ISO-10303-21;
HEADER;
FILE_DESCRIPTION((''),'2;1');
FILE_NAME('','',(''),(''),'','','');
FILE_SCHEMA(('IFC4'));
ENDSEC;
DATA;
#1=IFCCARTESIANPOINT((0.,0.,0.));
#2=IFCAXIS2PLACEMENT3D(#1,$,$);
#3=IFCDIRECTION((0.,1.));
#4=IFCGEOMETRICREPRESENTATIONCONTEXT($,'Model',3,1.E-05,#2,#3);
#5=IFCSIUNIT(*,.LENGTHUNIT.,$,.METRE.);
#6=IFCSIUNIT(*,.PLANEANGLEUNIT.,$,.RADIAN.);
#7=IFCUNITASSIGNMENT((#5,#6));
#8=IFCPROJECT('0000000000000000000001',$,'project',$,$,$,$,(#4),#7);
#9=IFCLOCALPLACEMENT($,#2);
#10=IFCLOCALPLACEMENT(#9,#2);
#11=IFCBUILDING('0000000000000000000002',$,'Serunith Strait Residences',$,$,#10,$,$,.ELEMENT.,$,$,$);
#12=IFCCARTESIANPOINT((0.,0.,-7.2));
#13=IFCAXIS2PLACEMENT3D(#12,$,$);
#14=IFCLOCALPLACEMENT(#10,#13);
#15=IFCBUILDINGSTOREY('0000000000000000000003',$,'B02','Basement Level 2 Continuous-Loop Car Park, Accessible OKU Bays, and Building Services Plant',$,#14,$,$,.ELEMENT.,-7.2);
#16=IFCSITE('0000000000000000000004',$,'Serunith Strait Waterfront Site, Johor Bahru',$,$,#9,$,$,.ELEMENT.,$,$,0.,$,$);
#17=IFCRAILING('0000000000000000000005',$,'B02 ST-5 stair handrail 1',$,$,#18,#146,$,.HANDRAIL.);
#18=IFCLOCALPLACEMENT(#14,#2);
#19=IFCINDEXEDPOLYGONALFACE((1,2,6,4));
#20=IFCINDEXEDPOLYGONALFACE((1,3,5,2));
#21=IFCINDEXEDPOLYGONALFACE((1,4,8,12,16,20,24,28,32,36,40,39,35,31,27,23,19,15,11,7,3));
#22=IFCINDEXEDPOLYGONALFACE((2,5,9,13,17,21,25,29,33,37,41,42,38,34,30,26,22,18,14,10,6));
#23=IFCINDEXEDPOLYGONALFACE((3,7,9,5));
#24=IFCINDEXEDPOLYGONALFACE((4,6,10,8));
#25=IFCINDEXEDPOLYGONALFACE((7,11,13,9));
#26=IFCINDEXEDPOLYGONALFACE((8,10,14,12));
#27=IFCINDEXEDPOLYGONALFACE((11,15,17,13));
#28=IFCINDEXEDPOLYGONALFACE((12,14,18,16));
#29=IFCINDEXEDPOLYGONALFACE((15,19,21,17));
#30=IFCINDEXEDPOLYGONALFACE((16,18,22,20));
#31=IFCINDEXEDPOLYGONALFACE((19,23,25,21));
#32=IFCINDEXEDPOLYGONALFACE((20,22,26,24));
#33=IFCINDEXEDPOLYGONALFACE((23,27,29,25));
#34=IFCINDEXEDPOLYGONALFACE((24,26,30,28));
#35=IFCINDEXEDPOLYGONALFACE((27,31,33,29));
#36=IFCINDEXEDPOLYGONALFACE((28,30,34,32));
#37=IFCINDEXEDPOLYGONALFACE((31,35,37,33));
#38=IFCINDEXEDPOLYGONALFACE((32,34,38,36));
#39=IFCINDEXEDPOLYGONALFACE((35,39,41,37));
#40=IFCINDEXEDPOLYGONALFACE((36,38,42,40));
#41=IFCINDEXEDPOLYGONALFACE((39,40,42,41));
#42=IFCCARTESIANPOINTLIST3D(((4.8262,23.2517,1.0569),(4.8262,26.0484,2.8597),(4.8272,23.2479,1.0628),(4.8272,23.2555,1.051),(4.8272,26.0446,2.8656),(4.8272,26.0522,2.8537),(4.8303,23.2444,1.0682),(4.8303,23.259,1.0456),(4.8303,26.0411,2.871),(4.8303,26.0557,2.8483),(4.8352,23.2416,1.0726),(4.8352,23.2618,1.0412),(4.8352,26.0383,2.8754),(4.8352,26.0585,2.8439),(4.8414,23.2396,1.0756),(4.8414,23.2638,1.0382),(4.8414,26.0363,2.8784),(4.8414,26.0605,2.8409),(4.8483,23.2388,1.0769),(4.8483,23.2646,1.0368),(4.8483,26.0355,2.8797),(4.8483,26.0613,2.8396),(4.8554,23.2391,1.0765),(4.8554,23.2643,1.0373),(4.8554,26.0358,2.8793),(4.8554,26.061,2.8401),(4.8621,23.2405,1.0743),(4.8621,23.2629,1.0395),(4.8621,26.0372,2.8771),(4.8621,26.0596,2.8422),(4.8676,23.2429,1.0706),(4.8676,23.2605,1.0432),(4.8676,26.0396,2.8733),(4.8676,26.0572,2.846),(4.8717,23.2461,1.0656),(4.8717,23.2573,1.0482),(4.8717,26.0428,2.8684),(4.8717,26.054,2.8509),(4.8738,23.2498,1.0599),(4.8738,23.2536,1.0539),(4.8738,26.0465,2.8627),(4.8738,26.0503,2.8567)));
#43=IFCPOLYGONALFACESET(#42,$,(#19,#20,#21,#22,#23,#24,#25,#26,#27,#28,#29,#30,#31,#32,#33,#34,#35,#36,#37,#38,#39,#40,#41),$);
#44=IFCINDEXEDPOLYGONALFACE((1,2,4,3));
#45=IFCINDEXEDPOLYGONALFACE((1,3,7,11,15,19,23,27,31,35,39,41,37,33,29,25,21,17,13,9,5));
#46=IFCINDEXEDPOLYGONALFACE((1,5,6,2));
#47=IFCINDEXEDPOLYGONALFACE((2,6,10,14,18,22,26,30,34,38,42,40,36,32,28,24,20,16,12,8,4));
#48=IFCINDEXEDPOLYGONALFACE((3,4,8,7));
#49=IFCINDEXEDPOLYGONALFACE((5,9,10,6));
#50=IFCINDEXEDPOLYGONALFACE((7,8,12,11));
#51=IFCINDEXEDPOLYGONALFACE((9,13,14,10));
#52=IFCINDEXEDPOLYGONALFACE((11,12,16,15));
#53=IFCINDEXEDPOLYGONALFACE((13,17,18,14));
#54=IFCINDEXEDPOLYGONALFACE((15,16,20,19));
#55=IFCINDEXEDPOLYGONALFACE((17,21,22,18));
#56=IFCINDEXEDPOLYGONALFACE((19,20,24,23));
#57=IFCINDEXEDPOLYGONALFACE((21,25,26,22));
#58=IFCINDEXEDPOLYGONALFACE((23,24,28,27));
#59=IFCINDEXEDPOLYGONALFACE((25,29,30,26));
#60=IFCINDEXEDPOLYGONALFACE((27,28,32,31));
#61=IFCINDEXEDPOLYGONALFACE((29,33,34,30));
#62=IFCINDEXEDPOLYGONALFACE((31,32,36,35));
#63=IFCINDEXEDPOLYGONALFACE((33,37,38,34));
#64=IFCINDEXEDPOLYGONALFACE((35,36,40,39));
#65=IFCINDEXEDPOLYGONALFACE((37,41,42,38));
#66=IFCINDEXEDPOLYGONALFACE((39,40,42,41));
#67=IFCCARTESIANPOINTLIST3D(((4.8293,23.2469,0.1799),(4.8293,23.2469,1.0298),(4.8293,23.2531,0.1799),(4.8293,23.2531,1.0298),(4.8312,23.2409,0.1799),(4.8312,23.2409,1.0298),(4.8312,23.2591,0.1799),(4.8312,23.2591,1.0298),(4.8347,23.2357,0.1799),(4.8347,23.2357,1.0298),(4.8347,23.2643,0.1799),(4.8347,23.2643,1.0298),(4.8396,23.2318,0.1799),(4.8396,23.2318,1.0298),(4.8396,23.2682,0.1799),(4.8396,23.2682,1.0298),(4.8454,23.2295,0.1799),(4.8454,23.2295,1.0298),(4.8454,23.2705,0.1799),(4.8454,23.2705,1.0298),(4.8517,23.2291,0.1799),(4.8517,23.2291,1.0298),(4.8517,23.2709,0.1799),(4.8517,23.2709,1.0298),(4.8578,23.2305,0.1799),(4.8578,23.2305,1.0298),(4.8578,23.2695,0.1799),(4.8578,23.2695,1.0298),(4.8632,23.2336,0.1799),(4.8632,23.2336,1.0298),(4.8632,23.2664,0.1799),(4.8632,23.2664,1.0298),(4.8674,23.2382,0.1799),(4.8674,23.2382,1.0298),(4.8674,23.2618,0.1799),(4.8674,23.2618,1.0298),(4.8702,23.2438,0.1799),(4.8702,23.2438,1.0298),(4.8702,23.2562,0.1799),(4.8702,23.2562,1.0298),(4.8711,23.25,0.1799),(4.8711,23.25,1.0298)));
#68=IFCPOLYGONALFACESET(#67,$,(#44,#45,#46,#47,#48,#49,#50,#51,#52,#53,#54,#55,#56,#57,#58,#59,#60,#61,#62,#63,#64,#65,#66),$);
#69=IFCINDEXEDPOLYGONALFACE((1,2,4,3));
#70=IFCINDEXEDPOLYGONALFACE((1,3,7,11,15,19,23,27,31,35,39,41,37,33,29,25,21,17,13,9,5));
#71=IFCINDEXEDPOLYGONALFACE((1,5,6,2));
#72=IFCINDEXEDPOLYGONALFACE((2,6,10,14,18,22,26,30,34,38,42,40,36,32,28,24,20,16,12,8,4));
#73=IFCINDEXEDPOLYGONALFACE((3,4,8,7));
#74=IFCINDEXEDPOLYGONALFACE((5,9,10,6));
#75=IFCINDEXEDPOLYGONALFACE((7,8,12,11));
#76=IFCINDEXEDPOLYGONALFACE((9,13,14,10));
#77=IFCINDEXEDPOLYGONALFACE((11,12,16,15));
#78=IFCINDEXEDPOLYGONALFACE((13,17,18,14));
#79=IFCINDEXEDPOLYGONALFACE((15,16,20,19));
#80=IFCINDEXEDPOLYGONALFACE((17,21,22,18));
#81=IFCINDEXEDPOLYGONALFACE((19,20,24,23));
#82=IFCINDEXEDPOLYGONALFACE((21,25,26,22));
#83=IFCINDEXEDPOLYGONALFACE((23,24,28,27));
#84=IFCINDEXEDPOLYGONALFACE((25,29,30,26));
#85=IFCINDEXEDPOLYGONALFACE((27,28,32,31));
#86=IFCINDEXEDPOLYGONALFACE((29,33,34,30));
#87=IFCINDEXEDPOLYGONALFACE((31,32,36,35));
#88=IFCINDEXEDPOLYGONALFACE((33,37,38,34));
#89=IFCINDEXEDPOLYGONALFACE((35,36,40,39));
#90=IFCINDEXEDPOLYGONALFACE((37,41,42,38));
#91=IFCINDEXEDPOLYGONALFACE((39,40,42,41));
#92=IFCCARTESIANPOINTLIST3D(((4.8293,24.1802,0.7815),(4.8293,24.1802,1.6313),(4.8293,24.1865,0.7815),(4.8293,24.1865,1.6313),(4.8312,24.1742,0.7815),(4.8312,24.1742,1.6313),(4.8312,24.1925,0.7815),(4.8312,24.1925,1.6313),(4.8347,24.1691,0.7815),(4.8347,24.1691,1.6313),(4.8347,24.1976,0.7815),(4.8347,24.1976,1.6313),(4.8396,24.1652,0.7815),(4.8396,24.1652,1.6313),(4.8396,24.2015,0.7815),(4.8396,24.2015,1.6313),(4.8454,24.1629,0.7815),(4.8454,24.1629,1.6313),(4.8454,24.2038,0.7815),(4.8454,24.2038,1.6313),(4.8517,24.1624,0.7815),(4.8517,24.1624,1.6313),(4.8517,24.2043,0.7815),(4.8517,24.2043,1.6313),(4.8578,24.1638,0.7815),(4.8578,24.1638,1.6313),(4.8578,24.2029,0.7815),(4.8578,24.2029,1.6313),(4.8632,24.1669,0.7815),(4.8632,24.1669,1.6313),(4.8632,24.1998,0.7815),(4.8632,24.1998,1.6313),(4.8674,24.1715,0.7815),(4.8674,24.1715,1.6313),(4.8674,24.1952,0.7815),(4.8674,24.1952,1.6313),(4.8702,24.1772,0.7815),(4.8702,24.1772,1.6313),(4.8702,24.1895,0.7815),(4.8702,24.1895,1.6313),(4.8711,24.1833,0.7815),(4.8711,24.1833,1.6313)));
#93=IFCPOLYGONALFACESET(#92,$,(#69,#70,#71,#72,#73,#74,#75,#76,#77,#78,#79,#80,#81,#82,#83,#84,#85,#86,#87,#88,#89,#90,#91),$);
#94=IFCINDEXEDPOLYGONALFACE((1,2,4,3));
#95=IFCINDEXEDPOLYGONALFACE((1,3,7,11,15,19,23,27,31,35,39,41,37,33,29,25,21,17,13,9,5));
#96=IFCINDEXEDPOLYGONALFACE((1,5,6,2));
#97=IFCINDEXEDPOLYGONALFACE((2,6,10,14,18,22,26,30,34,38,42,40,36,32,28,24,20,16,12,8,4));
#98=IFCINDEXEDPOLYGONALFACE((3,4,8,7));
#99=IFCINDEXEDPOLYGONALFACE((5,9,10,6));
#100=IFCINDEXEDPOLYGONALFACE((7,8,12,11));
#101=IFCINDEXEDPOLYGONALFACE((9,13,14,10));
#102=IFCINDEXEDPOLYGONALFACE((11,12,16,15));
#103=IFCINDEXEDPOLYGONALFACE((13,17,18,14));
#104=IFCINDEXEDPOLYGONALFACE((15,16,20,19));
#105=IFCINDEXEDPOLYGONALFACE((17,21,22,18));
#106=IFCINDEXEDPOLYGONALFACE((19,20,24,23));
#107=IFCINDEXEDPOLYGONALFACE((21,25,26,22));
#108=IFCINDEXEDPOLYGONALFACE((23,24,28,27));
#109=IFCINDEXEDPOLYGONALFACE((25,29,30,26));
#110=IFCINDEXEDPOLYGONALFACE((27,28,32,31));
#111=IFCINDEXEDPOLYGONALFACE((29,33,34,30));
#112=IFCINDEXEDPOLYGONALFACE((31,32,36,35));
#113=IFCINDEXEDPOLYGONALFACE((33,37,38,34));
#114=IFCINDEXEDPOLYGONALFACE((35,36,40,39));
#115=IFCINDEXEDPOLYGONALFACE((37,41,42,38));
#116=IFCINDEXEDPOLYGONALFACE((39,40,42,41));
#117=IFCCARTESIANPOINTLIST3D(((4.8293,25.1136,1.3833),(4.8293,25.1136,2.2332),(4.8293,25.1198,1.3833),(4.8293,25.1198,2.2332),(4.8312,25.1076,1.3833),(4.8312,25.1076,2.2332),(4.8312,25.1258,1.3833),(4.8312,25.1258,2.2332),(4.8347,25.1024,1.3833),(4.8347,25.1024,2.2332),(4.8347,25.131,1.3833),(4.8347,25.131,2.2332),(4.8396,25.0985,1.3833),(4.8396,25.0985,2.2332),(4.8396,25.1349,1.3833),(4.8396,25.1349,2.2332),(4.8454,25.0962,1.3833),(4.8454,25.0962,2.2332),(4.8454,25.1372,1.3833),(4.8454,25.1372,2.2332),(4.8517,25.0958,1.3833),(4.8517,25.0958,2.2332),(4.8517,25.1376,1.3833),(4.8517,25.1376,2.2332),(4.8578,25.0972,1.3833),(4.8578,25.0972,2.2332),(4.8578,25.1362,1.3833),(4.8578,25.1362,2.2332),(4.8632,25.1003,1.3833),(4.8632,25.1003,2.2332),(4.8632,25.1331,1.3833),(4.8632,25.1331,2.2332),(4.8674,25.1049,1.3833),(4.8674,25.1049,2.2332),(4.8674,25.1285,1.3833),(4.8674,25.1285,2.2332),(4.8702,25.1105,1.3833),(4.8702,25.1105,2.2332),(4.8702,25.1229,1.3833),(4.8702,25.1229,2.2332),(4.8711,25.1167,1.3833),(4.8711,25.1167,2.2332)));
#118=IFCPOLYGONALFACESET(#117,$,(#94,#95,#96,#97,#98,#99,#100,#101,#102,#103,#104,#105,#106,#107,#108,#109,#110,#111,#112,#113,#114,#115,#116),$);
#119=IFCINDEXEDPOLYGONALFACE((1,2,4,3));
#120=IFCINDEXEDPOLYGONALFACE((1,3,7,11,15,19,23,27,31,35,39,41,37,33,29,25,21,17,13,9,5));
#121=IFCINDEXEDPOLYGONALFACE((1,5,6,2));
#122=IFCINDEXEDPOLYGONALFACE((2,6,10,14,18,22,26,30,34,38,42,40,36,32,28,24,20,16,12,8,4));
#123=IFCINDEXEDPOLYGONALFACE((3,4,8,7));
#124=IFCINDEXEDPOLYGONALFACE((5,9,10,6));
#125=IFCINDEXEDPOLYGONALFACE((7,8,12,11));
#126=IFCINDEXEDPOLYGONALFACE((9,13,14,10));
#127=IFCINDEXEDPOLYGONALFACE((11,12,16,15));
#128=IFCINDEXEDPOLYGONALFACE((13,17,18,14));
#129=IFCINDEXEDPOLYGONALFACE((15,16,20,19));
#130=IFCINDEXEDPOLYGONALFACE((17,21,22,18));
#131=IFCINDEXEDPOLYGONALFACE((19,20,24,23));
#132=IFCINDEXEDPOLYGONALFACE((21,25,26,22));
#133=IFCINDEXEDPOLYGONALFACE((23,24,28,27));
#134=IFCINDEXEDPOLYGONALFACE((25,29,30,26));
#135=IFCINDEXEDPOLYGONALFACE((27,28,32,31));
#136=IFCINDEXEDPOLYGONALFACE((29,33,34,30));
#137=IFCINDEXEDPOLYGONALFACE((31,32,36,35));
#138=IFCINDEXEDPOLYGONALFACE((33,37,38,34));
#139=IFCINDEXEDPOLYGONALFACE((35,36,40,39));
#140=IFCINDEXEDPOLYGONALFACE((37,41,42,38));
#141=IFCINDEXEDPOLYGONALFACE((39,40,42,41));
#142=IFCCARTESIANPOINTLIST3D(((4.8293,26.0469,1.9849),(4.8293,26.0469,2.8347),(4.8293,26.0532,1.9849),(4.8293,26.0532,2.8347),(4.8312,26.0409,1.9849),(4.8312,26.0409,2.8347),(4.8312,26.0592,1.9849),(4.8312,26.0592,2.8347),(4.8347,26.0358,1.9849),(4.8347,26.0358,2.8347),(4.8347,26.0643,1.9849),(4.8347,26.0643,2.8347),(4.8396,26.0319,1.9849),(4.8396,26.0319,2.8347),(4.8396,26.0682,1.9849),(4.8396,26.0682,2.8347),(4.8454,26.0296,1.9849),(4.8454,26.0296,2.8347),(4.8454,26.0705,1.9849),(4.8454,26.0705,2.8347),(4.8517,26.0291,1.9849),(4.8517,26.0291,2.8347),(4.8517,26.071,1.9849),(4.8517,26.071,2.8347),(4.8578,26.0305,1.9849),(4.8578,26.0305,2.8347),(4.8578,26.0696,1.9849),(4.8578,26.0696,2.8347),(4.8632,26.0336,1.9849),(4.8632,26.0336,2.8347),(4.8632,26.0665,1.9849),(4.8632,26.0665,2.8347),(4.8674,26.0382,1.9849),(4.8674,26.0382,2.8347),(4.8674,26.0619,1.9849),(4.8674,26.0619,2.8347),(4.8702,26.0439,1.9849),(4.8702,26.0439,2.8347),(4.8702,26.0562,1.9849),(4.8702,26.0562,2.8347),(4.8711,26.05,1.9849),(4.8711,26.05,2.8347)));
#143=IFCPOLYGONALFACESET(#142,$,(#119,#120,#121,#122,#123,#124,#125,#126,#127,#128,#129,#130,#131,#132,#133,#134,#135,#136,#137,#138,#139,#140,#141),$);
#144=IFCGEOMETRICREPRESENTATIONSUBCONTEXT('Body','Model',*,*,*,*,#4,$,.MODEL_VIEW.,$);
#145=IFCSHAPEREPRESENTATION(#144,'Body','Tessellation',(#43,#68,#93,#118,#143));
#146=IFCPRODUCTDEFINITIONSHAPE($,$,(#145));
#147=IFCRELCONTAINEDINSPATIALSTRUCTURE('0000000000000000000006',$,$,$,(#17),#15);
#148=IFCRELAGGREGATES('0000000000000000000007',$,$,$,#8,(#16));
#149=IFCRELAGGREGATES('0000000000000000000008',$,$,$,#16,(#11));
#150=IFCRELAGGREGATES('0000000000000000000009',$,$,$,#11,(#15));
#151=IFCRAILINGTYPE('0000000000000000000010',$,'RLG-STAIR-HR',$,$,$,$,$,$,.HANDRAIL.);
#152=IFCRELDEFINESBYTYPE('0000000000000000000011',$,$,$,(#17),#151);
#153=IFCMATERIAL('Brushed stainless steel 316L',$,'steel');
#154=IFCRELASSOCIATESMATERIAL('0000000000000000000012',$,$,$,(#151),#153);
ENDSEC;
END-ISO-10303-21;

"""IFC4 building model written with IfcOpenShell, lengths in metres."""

from ifc_helpers import new_model, si_unit, direction, frame, origin, origin_2d, place, context, subcontext, project, spatial, circle, extrude, material, type_object, element, save


model = new_model("IFC4")

# Units and contexts
model_context = context("Model", 3, precision=1e-05, world=origin(), true_north=direction((0.0, 1.0)))
body_context = subcontext(model_context, "Body", "Model", "MODEL_VIEW")
ifc_project = project(units=[si_unit("LENGTHUNIT", "METRE"), si_unit("PLANEANGLEUNIT", "RADIAN")], contexts=[model_context])

# Site, building, storey
site_placement = place(None, origin())
site = spatial("IfcSite", under=ifc_project, at=site_placement, Name="Serunith Strait Waterfront Site, Johor Bahru", CompositionType="ELEMENT", RefElevation=0.0)
building_placement = place(site_placement, origin())
building = spatial("IfcBuilding", under=site, at=building_placement, Name="Serunith Strait Residences", CompositionType="ELEMENT")
storey_placement = place(building_placement, frame((0.0, 0.0, -7.2)))
storey = spatial("IfcBuildingStorey", under=building, at=storey_placement, Name="B02", Description="Basement Level 2 Continuous-Loop Car Park, Accessible OKU Bays, and Building Services Plant", CompositionType="ELEMENT", Elevation=-7.2)

# Railing
ifc_material_1 = material(Name="Brushed stainless steel 316L", Category="steel")
railing_type_1 = type_object("IfcRailingType", Name="RLG-STAIR-HR", PredefinedType="HANDRAIL", material=ifc_material_1)
railing_1_placement = place(storey_placement, frame((4.8501, 23.25, 0.1799)))
element("IfcRailing", 1, at=railing_1_placement, inside=storey, type_object=railing_type_1, Name="B02 ST-5 stair handrail 1", PredefinedType="HANDRAIL", context=body_context, shape_type="SweptSolid", body=[
    extrude(circle(Radius=0.0239, at=origin_2d()), frame((0.0, 0.0017, 0.877), z_axis=(0.0, 0.840509, 0.541798), x_axis=(-1.0, 0.0, 0.0)), (0.0, 0.0, 1.0), 3.3274),
    extrude(circle(Radius=0.021, at=origin_2d()), origin(), (0.0, 0.0, 1.0), 0.8499),
    extrude(circle(Radius=0.021, at=origin_2d()), frame((0.0, 0.9333, 0.6016)), (0.0, 0.0, 1.0), 0.8499),
    extrude(circle(Radius=0.021, at=origin_2d()), frame((0.0, 1.8667, 1.2034)), (0.0, 0.0, 1.0), 0.8499),
    extrude(circle(Radius=0.021, at=origin_2d()), frame((0.0, 2.8, 1.8049)), (0.0, 0.0, 1.0), 0.8499),
])

save(model, "model.ifc")
